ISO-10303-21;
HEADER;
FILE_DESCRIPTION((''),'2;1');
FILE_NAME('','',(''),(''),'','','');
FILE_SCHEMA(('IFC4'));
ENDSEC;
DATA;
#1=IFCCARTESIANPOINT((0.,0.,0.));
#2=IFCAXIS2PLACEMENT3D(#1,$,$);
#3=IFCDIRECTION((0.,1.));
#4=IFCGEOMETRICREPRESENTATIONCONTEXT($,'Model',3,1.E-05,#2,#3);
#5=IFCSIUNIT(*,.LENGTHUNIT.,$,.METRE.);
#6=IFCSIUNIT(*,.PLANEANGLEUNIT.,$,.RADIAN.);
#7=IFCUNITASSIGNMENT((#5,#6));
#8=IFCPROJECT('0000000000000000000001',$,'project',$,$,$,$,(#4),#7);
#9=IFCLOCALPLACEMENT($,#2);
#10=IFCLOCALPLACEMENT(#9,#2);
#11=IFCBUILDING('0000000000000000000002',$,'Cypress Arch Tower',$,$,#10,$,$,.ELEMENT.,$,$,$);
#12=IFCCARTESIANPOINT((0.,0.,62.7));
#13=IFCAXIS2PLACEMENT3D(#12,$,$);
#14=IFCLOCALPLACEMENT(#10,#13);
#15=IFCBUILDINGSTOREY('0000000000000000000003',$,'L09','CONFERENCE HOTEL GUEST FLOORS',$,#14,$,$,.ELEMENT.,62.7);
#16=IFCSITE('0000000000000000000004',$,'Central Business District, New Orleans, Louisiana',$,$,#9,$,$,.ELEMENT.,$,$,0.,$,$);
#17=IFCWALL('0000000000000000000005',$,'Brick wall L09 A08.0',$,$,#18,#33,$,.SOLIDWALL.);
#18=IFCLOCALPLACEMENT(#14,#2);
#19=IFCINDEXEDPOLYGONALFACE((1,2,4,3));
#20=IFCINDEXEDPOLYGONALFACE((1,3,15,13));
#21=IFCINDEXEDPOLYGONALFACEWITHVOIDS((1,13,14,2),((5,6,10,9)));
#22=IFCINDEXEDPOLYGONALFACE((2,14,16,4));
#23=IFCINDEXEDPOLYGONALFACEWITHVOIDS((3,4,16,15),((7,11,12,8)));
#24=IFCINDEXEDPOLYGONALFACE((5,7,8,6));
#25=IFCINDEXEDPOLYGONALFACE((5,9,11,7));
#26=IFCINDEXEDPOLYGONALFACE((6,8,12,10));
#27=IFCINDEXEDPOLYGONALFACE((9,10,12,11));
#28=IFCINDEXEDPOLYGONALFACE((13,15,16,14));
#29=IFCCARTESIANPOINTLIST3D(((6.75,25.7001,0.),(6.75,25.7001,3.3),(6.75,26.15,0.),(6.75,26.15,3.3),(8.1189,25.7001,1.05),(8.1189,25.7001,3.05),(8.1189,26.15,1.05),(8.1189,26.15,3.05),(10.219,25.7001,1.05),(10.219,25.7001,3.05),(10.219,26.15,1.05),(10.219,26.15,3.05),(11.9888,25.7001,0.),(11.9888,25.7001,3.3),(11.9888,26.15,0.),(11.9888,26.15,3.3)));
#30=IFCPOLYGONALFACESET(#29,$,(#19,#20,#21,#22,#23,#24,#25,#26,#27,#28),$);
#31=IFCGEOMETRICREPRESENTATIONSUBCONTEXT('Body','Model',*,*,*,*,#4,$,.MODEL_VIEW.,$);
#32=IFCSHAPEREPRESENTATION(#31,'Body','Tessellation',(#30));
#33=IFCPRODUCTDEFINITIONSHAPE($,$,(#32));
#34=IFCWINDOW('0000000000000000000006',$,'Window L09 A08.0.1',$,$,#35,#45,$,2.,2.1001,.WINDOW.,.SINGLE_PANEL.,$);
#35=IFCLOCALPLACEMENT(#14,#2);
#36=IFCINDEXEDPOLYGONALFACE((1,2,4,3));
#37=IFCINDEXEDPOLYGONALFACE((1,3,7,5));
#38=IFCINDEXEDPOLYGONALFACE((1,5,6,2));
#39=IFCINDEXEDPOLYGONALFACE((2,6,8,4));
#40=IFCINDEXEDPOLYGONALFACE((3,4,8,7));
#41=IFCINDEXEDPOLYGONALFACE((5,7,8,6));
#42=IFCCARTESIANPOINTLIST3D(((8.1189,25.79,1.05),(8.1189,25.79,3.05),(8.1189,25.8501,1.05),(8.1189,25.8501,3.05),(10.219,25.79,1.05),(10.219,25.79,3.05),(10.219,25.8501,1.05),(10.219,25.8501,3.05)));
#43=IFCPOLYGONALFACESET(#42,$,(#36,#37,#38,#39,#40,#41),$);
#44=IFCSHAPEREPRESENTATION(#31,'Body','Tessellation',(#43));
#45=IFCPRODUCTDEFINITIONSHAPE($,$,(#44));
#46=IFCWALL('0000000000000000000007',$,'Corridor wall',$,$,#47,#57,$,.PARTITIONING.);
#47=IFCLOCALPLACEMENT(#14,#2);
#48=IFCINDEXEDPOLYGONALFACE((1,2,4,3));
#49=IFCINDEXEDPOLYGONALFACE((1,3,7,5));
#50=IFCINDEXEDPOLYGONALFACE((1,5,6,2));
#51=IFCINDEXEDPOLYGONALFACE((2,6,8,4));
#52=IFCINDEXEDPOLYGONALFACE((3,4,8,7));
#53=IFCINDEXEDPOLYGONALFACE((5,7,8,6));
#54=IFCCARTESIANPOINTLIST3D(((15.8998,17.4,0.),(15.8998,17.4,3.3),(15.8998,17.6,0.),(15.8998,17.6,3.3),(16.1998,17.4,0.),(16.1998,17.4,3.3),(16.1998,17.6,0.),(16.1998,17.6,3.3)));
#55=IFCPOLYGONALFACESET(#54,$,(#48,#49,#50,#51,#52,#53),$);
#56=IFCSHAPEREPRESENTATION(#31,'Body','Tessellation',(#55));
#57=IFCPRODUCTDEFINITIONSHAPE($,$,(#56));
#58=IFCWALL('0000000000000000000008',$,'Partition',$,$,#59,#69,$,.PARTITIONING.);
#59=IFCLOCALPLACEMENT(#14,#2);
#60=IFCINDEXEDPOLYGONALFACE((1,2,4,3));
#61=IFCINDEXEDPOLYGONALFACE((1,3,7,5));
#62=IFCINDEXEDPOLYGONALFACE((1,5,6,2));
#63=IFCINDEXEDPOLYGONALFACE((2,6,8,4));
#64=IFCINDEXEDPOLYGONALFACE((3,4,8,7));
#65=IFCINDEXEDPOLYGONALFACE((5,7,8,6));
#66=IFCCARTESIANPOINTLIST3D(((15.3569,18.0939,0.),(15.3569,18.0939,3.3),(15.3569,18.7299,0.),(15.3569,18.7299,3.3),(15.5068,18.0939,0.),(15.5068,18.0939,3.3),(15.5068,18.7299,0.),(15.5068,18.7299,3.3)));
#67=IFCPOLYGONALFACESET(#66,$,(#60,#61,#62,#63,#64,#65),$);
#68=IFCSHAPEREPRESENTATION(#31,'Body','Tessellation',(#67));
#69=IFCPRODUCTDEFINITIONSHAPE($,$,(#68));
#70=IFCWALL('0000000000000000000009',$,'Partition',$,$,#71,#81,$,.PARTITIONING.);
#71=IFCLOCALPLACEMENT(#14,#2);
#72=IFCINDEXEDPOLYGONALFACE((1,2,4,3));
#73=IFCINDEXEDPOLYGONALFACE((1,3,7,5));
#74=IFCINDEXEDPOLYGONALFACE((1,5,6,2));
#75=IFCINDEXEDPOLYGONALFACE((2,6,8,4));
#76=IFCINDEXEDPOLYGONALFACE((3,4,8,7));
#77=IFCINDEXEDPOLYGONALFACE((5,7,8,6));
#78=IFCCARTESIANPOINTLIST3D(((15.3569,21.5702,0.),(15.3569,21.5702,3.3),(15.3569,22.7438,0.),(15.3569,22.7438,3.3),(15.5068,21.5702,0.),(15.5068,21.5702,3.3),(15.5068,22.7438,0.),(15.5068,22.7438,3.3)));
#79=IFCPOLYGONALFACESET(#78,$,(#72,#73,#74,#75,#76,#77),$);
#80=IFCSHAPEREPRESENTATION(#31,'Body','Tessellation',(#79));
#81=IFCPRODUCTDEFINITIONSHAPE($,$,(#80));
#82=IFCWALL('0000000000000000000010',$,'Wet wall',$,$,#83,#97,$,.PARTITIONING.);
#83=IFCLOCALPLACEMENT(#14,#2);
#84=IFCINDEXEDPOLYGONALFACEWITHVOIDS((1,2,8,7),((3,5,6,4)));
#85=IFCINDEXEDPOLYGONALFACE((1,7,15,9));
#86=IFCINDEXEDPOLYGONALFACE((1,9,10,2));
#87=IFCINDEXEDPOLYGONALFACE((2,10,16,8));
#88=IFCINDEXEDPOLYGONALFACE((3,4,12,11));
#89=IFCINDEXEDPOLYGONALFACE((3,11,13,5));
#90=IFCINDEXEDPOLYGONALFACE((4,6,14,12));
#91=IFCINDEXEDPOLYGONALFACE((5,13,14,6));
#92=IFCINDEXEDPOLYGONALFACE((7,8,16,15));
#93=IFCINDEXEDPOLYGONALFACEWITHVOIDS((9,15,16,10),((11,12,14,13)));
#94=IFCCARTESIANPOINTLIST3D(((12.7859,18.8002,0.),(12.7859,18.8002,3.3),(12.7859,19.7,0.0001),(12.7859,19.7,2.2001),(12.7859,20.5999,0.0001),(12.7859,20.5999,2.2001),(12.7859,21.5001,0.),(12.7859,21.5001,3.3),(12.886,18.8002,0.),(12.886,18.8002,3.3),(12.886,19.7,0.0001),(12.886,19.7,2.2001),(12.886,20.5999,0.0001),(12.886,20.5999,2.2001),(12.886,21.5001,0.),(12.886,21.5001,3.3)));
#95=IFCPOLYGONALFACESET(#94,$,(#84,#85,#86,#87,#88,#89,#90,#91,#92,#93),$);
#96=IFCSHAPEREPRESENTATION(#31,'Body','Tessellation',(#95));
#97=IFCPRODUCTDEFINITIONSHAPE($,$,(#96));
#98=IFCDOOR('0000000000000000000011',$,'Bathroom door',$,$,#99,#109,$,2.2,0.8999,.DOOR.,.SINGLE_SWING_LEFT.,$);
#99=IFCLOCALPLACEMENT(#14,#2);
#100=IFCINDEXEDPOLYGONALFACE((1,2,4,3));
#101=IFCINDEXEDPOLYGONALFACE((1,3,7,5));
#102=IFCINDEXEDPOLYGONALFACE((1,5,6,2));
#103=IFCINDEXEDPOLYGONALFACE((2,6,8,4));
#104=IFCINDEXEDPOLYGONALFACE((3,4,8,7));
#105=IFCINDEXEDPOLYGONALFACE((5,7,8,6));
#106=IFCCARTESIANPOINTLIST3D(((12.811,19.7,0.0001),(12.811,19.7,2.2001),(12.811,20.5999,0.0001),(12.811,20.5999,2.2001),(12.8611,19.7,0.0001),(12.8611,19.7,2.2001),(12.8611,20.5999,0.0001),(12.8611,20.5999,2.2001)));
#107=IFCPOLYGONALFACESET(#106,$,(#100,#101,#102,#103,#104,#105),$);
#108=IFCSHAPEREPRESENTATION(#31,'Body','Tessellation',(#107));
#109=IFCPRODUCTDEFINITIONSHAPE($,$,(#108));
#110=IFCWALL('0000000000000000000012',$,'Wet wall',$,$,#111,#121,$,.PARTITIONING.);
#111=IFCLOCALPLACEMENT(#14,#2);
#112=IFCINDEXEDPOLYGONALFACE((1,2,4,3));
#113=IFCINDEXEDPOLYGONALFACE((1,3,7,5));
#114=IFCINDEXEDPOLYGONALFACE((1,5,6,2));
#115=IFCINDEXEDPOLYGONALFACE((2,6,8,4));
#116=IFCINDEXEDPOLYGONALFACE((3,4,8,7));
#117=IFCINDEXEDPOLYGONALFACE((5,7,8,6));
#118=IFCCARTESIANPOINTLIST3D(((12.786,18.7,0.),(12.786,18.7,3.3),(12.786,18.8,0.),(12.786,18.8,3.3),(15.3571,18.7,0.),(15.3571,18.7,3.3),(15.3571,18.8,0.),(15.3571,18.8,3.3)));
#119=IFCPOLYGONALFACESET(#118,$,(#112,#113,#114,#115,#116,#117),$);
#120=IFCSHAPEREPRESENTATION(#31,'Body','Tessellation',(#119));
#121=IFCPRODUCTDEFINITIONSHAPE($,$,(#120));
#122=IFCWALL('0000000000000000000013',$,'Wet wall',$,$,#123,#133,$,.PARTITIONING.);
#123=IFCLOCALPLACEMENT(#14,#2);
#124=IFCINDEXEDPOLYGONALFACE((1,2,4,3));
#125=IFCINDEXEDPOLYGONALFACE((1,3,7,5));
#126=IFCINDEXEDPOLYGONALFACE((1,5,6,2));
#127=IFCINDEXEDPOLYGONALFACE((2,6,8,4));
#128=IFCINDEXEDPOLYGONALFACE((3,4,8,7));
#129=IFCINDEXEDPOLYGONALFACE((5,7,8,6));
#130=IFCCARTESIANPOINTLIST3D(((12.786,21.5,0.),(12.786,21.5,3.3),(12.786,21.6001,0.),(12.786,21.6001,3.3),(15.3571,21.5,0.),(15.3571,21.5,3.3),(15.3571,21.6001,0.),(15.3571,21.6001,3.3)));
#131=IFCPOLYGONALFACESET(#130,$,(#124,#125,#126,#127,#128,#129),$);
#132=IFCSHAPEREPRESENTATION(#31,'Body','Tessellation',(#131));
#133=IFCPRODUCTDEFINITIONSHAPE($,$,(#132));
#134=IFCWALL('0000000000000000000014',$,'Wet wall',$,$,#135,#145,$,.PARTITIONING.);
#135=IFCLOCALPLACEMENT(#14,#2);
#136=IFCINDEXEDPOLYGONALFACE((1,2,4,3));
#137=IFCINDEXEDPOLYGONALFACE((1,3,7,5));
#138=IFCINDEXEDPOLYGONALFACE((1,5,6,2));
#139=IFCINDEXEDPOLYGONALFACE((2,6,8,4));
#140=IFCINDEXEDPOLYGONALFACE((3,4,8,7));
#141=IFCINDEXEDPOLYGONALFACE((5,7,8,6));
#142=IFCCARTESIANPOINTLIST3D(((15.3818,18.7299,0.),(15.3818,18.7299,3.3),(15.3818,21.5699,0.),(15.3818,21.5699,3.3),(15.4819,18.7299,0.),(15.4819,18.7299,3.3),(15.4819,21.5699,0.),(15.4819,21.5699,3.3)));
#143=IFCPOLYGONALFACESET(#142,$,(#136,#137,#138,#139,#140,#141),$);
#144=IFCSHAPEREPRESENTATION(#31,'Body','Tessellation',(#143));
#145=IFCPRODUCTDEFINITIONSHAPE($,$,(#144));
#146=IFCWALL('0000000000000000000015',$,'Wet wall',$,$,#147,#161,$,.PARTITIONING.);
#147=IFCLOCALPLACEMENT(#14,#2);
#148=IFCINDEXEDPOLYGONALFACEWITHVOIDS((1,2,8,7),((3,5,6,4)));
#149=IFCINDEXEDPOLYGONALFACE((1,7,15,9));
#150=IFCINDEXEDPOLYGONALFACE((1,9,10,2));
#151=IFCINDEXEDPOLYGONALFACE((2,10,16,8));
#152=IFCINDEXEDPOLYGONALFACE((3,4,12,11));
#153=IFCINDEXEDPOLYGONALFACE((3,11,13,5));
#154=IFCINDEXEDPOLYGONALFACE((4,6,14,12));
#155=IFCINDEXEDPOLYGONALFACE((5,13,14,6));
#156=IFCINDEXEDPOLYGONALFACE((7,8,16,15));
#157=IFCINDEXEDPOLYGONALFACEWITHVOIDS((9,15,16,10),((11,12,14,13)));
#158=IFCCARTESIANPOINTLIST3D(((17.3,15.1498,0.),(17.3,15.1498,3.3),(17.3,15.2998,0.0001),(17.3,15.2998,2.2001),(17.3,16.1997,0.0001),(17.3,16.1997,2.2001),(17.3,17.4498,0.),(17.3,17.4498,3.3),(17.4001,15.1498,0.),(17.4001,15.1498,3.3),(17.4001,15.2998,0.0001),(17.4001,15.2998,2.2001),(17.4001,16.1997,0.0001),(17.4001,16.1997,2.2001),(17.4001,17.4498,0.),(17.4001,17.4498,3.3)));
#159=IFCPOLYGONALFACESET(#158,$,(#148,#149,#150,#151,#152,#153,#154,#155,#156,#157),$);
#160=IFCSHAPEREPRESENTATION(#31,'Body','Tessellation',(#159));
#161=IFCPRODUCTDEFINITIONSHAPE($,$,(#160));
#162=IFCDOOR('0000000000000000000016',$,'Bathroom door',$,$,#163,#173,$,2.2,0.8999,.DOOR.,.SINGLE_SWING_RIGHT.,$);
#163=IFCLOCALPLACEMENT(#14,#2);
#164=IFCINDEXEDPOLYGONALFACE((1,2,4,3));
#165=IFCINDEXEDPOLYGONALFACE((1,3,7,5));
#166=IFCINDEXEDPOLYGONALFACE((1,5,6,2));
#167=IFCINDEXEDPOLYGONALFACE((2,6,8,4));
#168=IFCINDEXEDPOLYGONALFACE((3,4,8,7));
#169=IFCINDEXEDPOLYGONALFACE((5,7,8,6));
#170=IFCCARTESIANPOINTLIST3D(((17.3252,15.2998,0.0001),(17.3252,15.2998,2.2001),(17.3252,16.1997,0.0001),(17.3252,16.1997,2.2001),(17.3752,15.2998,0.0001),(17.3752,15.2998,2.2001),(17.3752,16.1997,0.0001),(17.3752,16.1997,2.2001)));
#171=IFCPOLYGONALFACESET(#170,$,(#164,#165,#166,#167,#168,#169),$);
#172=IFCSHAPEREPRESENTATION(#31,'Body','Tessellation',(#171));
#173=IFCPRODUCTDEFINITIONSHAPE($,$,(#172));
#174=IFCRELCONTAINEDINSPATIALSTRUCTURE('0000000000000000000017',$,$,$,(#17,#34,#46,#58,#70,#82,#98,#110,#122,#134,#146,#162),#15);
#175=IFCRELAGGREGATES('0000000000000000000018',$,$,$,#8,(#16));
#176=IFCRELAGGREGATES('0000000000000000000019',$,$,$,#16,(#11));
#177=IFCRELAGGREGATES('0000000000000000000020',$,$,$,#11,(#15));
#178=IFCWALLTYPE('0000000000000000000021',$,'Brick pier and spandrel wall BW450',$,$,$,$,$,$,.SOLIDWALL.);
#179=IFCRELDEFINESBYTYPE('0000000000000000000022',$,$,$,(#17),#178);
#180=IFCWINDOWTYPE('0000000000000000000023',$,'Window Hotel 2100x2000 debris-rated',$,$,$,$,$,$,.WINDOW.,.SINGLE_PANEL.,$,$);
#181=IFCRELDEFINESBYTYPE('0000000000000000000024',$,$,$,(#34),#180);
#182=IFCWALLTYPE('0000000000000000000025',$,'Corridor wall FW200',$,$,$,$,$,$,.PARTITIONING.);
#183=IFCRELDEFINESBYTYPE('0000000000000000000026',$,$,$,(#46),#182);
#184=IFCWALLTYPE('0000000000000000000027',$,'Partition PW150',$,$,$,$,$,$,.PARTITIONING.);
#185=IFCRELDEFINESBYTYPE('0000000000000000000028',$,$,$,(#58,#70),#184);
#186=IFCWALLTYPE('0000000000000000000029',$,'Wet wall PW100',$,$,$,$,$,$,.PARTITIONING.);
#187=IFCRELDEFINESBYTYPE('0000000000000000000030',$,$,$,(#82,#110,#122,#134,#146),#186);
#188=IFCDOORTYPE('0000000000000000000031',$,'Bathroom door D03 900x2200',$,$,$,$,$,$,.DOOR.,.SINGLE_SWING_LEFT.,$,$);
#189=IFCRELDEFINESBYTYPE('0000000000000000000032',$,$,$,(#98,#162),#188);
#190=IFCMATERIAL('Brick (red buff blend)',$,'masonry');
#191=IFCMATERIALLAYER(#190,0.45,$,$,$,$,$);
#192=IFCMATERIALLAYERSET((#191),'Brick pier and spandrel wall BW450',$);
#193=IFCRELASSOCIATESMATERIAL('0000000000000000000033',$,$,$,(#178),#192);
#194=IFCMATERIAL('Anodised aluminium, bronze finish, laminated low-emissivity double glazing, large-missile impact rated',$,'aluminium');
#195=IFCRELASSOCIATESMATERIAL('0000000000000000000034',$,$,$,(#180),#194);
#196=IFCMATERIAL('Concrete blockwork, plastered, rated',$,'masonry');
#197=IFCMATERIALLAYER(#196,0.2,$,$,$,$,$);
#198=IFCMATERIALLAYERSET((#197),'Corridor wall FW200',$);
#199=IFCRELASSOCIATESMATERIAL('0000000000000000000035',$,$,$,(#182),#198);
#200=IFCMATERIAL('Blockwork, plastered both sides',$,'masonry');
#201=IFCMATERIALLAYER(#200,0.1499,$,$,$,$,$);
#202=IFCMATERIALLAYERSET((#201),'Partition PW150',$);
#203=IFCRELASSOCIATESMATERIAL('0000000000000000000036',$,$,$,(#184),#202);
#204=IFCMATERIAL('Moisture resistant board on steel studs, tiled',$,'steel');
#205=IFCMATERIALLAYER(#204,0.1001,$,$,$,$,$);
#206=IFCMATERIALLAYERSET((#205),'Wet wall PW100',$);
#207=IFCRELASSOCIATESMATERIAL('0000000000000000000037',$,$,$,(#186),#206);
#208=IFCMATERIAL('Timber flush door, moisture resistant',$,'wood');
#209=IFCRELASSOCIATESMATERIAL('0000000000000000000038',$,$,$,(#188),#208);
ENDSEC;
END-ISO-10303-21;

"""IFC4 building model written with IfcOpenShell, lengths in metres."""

from ifc_helpers import new_model, si_unit, direction, frame, frame_2d, origin, place, context, subcontext, project, spatial, rectangle, extrude, material, layer, layer_set, type_object, element, fill, save


model = new_model("IFC4")

# Units and contexts
model_context = context("Model", 3, precision=1e-05, world=origin(), true_north=direction((0.0, 1.0)))
body_context = subcontext(model_context, "Body", "Model", "MODEL_VIEW")
ifc_project = project(units=[si_unit("LENGTHUNIT", "METRE"), si_unit("PLANEANGLEUNIT", "RADIAN")], contexts=[model_context])

# Site, building, storey
site_placement = place(None, origin())
site = spatial("IfcSite", under=ifc_project, at=site_placement, Name="Central Business District, New Orleans, Louisiana", CompositionType="ELEMENT", RefElevation=0.0)
building_placement = place(site_placement, origin())
building = spatial("IfcBuilding", under=site, at=building_placement, Name="Cypress Arch Tower", CompositionType="ELEMENT")
storey_placement = place(building_placement, frame((0.0, 0.0, 62.7)))
storey = spatial("IfcBuildingStorey", under=building, at=storey_placement, Name="L09", Description="CONFERENCE HOTEL GUEST FLOORS", CompositionType="ELEMENT", Elevation=62.7)

# Shared definitions
ifc_material_1 = material(Name="Brick (red buff blend)", Category="masonry")
ifc_layer_1 = layer(ifc_material_1, 0.45)
ifc_layer_set_1 = layer_set([ifc_layer_1], Name="Brick pier and spandrel wall BW450")
wall_type_1 = type_object("IfcWallType", Name="Brick pier and spandrel wall BW450", PredefinedType="SOLIDWALL", material=ifc_layer_set_1)

# Wall, opening, window
wall_1_placement = place(storey_placement, frame((11.9888, 25.925, 0.0), z_axis=(0.0, 0.0, 1.0), x_axis=(-1.0, 0.0, 0.0)))
wall_1 = element("IfcWall", 1, at=wall_1_placement, inside=storey, type_object=wall_type_1, Name="Brick wall L09 A08.0", PredefinedType="SOLIDWALL", context=body_context, shape_type="SweptSolid", body=[
    extrude(rectangle(XDim=5.2388, YDim=0.45, at=frame_2d((2.6194, 0.0))), origin(), (0.0, 0.0, 1.0), 3.3),
])
opening_1_placement = place(wall_1_placement, frame((1.7698, 0.0, 1.05)))
opening_1 = element("IfcOpeningElement", 2, at=opening_1_placement, cuts=wall_1, PredefinedType="OPENING", context=body_context, shape_type="SweptSolid", body=[
    extrude(rectangle(XDim=2.1001, YDim=2.0, at=frame_2d((1.05, 1.0))), frame((0.0, 0.2349, 0.0), z_axis=(0.0, -1.0, 0.0), x_axis=(1.0, 0.0, 0.0)), (0.0, 0.0, 1.0), 0.47),
])
ifc_material_2 = material(Name="Anodised aluminium, bronze finish, laminated low-emissivity double glazing, large-missile impact rated", Category="aluminium")
window_type_1 = type_object("IfcWindowType", Name="Window Hotel 2100x2000 debris-rated", PartitioningType="SINGLE_PANEL", PredefinedType="WINDOW", material=ifc_material_2)
window_1_placement = place(opening_1_placement, origin())
window_1 = element("IfcWindow", 3, at=window_1_placement, inside=storey, type_object=window_type_1, Name="Window L09 A08.0.1", OverallHeight=2.0, OverallWidth=2.1001, PartitioningType="SINGLE_PANEL", PredefinedType="WINDOW", context=body_context, shape_type="SweptSolid", body=[
    extrude(rectangle(XDim=2.1001, YDim=2.0, at=frame_2d((1.05, 1.0))), frame((0.0, 0.135, 0.0), z_axis=(0.0, -1.0, 0.0), x_axis=(1.0, 0.0, 0.0)), (0.0, 0.0, 1.0), 0.0601),
])
fill(opening_1, window_1)

# Walls
ifc_material_3 = material(Name="Concrete blockwork, plastered, rated", Category="masonry")
ifc_layer_2 = layer(ifc_material_3, 0.2)
ifc_layer_set_2 = layer_set([ifc_layer_2], Name="Corridor wall FW200")
wall_type_2 = type_object("IfcWallType", Name="Corridor wall FW200", PredefinedType="PARTITIONING", material=ifc_layer_set_2)
wall_2_placement = place(storey_placement, frame((15.8999, 17.5, 0.0), z_axis=(0.0, 0.0, 1.0), x_axis=(1.0, 0.0, 0.0)))
element("IfcWall", 4, at=wall_2_placement, inside=storey, type_object=wall_type_2, Name="Corridor wall", PredefinedType="PARTITIONING", context=body_context, shape_type="SweptSolid", body=[
    extrude(rectangle(XDim=0.3, YDim=0.2, at=frame_2d((0.1499, 0.0))), origin(), (0.0, 0.0, 1.0), 3.3),
])
ifc_material_4 = material(Name="Blockwork, plastered both sides", Category="masonry")
ifc_layer_3 = layer(ifc_material_4, 0.1499)
ifc_layer_set_3 = layer_set([ifc_layer_3], Name="Partition PW150")
wall_type_3 = type_object("IfcWallType", Name="Partition PW150", PredefinedType="PARTITIONING", material=ifc_layer_set_3)
wall_3_placement = place(storey_placement, frame((15.4319, 18.094, 0.0), z_axis=(0.0, 0.0, 1.0), x_axis=(0.0, 1.0, 0.0)))
element("IfcWall", 5, at=wall_3_placement, inside=storey, type_object=wall_type_3, Name="Partition", PredefinedType="PARTITIONING", context=body_context, shape_type="SweptSolid", body=[
    extrude(rectangle(XDim=0.636, YDim=0.1499, at=frame_2d((0.3179, 0.0))), origin(), (0.0, 0.0, 1.0), 3.3),
])
wall_4_placement = place(storey_placement, frame((15.4319, 21.5701, 0.0), z_axis=(0.0, 0.0, 1.0), x_axis=(0.0, 1.0, 0.0)))
element("IfcWall", 6, at=wall_4_placement, inside=storey, type_object=wall_type_3, Name="Partition", PredefinedType="PARTITIONING", context=body_context, shape_type="SweptSolid", body=[
    extrude(rectangle(XDim=1.1736, YDim=0.1499, at=frame_2d((0.5869, 0.0))), origin(), (0.0, 0.0, 1.0), 3.3),
])

# Wall, opening, door
ifc_material_5 = material(Name="Moisture resistant board on steel studs, tiled", Category="steel")
ifc_layer_4 = layer(ifc_material_5, 0.1001)
ifc_layer_set_4 = layer_set([ifc_layer_4], Name="Wet wall PW100")
wall_type_4 = type_object("IfcWallType", Name="Wet wall PW100", PredefinedType="PARTITIONING", material=ifc_layer_set_4)
wall_5_placement = place(storey_placement, frame((12.8359, 18.8, 0.0), z_axis=(0.0, 0.0, 1.0), x_axis=(0.0, 1.0, 0.0)))
wall_5 = element("IfcWall", 7, at=wall_5_placement, inside=storey, type_object=wall_type_4, Name="Wet wall", PredefinedType="PARTITIONING", context=body_context, shape_type="SweptSolid", body=[
    extrude(rectangle(XDim=2.7, YDim=0.1001, at=frame_2d((1.3501, 0.0))), origin(), (0.0, 0.0, 1.0), 3.3),
])
opening_2_placement = place(wall_5_placement, frame((0.8999, 0.0, 0.0)))
opening_2 = element("IfcOpeningElement", 8, at=opening_2_placement, cuts=wall_5, PredefinedType="OPENING", context=body_context, shape_type="SweptSolid", body=[
    extrude(rectangle(XDim=0.8999, YDim=2.2, at=frame_2d((0.45, 1.1001))), frame((0.0, 0.0601, 0.0), z_axis=(0.0, -1.0, 0.0), x_axis=(1.0, 0.0, 0.0)), (0.0, 0.0, 1.0), 0.1201),
])
ifc_material_6 = material(Name="Timber flush door, moisture resistant", Category="wood")
door_type_1 = type_object("IfcDoorType", Name="Bathroom door D03 900x2200", OperationType="SINGLE_SWING_LEFT", PredefinedType="DOOR", material=ifc_material_6)
door_1_placement = place(opening_2_placement, origin())
door_1 = element("IfcDoor", 9, at=door_1_placement, inside=storey, type_object=door_type_1, Name="Bathroom door", OperationType="SINGLE_SWING_LEFT", OverallHeight=2.2, OverallWidth=0.8999, PredefinedType="DOOR", context=body_context, shape_type="SweptSolid", body=[
    extrude(rectangle(XDim=0.8999, YDim=2.2, at=frame_2d((0.45, 1.1001))), frame((0.0, 0.0249, 0.0), z_axis=(0.0, -1.0, 0.0), x_axis=(1.0, 0.0, 0.0)), (0.0, 0.0, 1.0), 0.05),
])
fill(opening_2, door_1)

# Walls
for number, where, z_axis, x_axis, name in (
    (10, (12.7859, 18.75, 0.0), (0.0, 0.0, 1.0), (1.0, 0.0, 0.0), "Wet wall"),
    (11, (12.7859, 21.55, 0.0), (0.0, 0.0, 1.0), (1.0, 0.0, 0.0), "Wet wall"),
):
    element("IfcWall", number, at=place(storey_placement, frame(where, z_axis=z_axis, x_axis=x_axis)), inside=storey, type_object=wall_type_4, Name=name, PredefinedType="PARTITIONING", context=body_context, shape_type="SweptSolid", body=[
        extrude(rectangle(XDim=2.571, YDim=0.1001, at=frame_2d((1.2856, 0.0))), origin(), (0.0, 0.0, 1.0), 3.3),
    ])
wall_6_placement = place(storey_placement, frame((15.4319, 18.73, 0.0), z_axis=(0.0, 0.0, 1.0), x_axis=(0.0, 1.0, 0.0)))
element("IfcWall", 12, at=wall_6_placement, inside=storey, type_object=wall_type_4, Name="Wet wall", PredefinedType="PARTITIONING", context=body_context, shape_type="SweptSolid", body=[
    extrude(rectangle(XDim=2.8401, YDim=0.1001, at=frame_2d((1.4199, 0.0))), origin(), (0.0, 0.0, 1.0), 3.3),
])

# Wall, opening, door
wall_7_placement = place(storey_placement, frame((17.3501, 15.1499, 0.0), z_axis=(0.0, 0.0, 1.0), x_axis=(0.0, 1.0, 0.0)))
wall_7 = element("IfcWall", 13, at=wall_7_placement, inside=storey, type_object=wall_type_4, Name="Wet wall", PredefinedType="PARTITIONING", context=body_context, shape_type="SweptSolid", body=[
    extrude(rectangle(XDim=2.3, YDim=0.1001, at=frame_2d((1.1499, 0.0))), origin(), (0.0, 0.0, 1.0), 3.3),
])
opening_3_placement = place(wall_7_placement, frame((0.1499, 0.0, 0.0)))
opening_3 = element("IfcOpeningElement", 14, at=opening_3_placement, cuts=wall_7, PredefinedType="OPENING", context=body_context, shape_type="SweptSolid", body=[
    extrude(rectangle(XDim=0.8999, YDim=2.2, at=frame_2d((0.45, 1.1001))), frame((0.0, 0.0601, 0.0), z_axis=(0.0, -1.0, 0.0), x_axis=(1.0, 0.0, 0.0)), (0.0, 0.0, 1.0), 0.1201),
])
door_2_placement = place(opening_3_placement, origin())
door_2 = element("IfcDoor", 15, at=door_2_placement, inside=storey, type_object=door_type_1, Name="Bathroom door", OperationType="SINGLE_SWING_RIGHT", OverallHeight=2.2, OverallWidth=0.8999, PredefinedType="DOOR", context=body_context, shape_type="SweptSolid", body=[
    extrude(rectangle(XDim=0.8999, YDim=2.2, at=frame_2d((0.45, 1.1001))), frame((0.0, 0.0249, 0.0), z_axis=(0.0, -1.0, 0.0), x_axis=(1.0, 0.0, 0.0)), (0.0, 0.0, 1.0), 0.05),
])
fill(opening_3, door_2)

save(model, "model.ifc")
